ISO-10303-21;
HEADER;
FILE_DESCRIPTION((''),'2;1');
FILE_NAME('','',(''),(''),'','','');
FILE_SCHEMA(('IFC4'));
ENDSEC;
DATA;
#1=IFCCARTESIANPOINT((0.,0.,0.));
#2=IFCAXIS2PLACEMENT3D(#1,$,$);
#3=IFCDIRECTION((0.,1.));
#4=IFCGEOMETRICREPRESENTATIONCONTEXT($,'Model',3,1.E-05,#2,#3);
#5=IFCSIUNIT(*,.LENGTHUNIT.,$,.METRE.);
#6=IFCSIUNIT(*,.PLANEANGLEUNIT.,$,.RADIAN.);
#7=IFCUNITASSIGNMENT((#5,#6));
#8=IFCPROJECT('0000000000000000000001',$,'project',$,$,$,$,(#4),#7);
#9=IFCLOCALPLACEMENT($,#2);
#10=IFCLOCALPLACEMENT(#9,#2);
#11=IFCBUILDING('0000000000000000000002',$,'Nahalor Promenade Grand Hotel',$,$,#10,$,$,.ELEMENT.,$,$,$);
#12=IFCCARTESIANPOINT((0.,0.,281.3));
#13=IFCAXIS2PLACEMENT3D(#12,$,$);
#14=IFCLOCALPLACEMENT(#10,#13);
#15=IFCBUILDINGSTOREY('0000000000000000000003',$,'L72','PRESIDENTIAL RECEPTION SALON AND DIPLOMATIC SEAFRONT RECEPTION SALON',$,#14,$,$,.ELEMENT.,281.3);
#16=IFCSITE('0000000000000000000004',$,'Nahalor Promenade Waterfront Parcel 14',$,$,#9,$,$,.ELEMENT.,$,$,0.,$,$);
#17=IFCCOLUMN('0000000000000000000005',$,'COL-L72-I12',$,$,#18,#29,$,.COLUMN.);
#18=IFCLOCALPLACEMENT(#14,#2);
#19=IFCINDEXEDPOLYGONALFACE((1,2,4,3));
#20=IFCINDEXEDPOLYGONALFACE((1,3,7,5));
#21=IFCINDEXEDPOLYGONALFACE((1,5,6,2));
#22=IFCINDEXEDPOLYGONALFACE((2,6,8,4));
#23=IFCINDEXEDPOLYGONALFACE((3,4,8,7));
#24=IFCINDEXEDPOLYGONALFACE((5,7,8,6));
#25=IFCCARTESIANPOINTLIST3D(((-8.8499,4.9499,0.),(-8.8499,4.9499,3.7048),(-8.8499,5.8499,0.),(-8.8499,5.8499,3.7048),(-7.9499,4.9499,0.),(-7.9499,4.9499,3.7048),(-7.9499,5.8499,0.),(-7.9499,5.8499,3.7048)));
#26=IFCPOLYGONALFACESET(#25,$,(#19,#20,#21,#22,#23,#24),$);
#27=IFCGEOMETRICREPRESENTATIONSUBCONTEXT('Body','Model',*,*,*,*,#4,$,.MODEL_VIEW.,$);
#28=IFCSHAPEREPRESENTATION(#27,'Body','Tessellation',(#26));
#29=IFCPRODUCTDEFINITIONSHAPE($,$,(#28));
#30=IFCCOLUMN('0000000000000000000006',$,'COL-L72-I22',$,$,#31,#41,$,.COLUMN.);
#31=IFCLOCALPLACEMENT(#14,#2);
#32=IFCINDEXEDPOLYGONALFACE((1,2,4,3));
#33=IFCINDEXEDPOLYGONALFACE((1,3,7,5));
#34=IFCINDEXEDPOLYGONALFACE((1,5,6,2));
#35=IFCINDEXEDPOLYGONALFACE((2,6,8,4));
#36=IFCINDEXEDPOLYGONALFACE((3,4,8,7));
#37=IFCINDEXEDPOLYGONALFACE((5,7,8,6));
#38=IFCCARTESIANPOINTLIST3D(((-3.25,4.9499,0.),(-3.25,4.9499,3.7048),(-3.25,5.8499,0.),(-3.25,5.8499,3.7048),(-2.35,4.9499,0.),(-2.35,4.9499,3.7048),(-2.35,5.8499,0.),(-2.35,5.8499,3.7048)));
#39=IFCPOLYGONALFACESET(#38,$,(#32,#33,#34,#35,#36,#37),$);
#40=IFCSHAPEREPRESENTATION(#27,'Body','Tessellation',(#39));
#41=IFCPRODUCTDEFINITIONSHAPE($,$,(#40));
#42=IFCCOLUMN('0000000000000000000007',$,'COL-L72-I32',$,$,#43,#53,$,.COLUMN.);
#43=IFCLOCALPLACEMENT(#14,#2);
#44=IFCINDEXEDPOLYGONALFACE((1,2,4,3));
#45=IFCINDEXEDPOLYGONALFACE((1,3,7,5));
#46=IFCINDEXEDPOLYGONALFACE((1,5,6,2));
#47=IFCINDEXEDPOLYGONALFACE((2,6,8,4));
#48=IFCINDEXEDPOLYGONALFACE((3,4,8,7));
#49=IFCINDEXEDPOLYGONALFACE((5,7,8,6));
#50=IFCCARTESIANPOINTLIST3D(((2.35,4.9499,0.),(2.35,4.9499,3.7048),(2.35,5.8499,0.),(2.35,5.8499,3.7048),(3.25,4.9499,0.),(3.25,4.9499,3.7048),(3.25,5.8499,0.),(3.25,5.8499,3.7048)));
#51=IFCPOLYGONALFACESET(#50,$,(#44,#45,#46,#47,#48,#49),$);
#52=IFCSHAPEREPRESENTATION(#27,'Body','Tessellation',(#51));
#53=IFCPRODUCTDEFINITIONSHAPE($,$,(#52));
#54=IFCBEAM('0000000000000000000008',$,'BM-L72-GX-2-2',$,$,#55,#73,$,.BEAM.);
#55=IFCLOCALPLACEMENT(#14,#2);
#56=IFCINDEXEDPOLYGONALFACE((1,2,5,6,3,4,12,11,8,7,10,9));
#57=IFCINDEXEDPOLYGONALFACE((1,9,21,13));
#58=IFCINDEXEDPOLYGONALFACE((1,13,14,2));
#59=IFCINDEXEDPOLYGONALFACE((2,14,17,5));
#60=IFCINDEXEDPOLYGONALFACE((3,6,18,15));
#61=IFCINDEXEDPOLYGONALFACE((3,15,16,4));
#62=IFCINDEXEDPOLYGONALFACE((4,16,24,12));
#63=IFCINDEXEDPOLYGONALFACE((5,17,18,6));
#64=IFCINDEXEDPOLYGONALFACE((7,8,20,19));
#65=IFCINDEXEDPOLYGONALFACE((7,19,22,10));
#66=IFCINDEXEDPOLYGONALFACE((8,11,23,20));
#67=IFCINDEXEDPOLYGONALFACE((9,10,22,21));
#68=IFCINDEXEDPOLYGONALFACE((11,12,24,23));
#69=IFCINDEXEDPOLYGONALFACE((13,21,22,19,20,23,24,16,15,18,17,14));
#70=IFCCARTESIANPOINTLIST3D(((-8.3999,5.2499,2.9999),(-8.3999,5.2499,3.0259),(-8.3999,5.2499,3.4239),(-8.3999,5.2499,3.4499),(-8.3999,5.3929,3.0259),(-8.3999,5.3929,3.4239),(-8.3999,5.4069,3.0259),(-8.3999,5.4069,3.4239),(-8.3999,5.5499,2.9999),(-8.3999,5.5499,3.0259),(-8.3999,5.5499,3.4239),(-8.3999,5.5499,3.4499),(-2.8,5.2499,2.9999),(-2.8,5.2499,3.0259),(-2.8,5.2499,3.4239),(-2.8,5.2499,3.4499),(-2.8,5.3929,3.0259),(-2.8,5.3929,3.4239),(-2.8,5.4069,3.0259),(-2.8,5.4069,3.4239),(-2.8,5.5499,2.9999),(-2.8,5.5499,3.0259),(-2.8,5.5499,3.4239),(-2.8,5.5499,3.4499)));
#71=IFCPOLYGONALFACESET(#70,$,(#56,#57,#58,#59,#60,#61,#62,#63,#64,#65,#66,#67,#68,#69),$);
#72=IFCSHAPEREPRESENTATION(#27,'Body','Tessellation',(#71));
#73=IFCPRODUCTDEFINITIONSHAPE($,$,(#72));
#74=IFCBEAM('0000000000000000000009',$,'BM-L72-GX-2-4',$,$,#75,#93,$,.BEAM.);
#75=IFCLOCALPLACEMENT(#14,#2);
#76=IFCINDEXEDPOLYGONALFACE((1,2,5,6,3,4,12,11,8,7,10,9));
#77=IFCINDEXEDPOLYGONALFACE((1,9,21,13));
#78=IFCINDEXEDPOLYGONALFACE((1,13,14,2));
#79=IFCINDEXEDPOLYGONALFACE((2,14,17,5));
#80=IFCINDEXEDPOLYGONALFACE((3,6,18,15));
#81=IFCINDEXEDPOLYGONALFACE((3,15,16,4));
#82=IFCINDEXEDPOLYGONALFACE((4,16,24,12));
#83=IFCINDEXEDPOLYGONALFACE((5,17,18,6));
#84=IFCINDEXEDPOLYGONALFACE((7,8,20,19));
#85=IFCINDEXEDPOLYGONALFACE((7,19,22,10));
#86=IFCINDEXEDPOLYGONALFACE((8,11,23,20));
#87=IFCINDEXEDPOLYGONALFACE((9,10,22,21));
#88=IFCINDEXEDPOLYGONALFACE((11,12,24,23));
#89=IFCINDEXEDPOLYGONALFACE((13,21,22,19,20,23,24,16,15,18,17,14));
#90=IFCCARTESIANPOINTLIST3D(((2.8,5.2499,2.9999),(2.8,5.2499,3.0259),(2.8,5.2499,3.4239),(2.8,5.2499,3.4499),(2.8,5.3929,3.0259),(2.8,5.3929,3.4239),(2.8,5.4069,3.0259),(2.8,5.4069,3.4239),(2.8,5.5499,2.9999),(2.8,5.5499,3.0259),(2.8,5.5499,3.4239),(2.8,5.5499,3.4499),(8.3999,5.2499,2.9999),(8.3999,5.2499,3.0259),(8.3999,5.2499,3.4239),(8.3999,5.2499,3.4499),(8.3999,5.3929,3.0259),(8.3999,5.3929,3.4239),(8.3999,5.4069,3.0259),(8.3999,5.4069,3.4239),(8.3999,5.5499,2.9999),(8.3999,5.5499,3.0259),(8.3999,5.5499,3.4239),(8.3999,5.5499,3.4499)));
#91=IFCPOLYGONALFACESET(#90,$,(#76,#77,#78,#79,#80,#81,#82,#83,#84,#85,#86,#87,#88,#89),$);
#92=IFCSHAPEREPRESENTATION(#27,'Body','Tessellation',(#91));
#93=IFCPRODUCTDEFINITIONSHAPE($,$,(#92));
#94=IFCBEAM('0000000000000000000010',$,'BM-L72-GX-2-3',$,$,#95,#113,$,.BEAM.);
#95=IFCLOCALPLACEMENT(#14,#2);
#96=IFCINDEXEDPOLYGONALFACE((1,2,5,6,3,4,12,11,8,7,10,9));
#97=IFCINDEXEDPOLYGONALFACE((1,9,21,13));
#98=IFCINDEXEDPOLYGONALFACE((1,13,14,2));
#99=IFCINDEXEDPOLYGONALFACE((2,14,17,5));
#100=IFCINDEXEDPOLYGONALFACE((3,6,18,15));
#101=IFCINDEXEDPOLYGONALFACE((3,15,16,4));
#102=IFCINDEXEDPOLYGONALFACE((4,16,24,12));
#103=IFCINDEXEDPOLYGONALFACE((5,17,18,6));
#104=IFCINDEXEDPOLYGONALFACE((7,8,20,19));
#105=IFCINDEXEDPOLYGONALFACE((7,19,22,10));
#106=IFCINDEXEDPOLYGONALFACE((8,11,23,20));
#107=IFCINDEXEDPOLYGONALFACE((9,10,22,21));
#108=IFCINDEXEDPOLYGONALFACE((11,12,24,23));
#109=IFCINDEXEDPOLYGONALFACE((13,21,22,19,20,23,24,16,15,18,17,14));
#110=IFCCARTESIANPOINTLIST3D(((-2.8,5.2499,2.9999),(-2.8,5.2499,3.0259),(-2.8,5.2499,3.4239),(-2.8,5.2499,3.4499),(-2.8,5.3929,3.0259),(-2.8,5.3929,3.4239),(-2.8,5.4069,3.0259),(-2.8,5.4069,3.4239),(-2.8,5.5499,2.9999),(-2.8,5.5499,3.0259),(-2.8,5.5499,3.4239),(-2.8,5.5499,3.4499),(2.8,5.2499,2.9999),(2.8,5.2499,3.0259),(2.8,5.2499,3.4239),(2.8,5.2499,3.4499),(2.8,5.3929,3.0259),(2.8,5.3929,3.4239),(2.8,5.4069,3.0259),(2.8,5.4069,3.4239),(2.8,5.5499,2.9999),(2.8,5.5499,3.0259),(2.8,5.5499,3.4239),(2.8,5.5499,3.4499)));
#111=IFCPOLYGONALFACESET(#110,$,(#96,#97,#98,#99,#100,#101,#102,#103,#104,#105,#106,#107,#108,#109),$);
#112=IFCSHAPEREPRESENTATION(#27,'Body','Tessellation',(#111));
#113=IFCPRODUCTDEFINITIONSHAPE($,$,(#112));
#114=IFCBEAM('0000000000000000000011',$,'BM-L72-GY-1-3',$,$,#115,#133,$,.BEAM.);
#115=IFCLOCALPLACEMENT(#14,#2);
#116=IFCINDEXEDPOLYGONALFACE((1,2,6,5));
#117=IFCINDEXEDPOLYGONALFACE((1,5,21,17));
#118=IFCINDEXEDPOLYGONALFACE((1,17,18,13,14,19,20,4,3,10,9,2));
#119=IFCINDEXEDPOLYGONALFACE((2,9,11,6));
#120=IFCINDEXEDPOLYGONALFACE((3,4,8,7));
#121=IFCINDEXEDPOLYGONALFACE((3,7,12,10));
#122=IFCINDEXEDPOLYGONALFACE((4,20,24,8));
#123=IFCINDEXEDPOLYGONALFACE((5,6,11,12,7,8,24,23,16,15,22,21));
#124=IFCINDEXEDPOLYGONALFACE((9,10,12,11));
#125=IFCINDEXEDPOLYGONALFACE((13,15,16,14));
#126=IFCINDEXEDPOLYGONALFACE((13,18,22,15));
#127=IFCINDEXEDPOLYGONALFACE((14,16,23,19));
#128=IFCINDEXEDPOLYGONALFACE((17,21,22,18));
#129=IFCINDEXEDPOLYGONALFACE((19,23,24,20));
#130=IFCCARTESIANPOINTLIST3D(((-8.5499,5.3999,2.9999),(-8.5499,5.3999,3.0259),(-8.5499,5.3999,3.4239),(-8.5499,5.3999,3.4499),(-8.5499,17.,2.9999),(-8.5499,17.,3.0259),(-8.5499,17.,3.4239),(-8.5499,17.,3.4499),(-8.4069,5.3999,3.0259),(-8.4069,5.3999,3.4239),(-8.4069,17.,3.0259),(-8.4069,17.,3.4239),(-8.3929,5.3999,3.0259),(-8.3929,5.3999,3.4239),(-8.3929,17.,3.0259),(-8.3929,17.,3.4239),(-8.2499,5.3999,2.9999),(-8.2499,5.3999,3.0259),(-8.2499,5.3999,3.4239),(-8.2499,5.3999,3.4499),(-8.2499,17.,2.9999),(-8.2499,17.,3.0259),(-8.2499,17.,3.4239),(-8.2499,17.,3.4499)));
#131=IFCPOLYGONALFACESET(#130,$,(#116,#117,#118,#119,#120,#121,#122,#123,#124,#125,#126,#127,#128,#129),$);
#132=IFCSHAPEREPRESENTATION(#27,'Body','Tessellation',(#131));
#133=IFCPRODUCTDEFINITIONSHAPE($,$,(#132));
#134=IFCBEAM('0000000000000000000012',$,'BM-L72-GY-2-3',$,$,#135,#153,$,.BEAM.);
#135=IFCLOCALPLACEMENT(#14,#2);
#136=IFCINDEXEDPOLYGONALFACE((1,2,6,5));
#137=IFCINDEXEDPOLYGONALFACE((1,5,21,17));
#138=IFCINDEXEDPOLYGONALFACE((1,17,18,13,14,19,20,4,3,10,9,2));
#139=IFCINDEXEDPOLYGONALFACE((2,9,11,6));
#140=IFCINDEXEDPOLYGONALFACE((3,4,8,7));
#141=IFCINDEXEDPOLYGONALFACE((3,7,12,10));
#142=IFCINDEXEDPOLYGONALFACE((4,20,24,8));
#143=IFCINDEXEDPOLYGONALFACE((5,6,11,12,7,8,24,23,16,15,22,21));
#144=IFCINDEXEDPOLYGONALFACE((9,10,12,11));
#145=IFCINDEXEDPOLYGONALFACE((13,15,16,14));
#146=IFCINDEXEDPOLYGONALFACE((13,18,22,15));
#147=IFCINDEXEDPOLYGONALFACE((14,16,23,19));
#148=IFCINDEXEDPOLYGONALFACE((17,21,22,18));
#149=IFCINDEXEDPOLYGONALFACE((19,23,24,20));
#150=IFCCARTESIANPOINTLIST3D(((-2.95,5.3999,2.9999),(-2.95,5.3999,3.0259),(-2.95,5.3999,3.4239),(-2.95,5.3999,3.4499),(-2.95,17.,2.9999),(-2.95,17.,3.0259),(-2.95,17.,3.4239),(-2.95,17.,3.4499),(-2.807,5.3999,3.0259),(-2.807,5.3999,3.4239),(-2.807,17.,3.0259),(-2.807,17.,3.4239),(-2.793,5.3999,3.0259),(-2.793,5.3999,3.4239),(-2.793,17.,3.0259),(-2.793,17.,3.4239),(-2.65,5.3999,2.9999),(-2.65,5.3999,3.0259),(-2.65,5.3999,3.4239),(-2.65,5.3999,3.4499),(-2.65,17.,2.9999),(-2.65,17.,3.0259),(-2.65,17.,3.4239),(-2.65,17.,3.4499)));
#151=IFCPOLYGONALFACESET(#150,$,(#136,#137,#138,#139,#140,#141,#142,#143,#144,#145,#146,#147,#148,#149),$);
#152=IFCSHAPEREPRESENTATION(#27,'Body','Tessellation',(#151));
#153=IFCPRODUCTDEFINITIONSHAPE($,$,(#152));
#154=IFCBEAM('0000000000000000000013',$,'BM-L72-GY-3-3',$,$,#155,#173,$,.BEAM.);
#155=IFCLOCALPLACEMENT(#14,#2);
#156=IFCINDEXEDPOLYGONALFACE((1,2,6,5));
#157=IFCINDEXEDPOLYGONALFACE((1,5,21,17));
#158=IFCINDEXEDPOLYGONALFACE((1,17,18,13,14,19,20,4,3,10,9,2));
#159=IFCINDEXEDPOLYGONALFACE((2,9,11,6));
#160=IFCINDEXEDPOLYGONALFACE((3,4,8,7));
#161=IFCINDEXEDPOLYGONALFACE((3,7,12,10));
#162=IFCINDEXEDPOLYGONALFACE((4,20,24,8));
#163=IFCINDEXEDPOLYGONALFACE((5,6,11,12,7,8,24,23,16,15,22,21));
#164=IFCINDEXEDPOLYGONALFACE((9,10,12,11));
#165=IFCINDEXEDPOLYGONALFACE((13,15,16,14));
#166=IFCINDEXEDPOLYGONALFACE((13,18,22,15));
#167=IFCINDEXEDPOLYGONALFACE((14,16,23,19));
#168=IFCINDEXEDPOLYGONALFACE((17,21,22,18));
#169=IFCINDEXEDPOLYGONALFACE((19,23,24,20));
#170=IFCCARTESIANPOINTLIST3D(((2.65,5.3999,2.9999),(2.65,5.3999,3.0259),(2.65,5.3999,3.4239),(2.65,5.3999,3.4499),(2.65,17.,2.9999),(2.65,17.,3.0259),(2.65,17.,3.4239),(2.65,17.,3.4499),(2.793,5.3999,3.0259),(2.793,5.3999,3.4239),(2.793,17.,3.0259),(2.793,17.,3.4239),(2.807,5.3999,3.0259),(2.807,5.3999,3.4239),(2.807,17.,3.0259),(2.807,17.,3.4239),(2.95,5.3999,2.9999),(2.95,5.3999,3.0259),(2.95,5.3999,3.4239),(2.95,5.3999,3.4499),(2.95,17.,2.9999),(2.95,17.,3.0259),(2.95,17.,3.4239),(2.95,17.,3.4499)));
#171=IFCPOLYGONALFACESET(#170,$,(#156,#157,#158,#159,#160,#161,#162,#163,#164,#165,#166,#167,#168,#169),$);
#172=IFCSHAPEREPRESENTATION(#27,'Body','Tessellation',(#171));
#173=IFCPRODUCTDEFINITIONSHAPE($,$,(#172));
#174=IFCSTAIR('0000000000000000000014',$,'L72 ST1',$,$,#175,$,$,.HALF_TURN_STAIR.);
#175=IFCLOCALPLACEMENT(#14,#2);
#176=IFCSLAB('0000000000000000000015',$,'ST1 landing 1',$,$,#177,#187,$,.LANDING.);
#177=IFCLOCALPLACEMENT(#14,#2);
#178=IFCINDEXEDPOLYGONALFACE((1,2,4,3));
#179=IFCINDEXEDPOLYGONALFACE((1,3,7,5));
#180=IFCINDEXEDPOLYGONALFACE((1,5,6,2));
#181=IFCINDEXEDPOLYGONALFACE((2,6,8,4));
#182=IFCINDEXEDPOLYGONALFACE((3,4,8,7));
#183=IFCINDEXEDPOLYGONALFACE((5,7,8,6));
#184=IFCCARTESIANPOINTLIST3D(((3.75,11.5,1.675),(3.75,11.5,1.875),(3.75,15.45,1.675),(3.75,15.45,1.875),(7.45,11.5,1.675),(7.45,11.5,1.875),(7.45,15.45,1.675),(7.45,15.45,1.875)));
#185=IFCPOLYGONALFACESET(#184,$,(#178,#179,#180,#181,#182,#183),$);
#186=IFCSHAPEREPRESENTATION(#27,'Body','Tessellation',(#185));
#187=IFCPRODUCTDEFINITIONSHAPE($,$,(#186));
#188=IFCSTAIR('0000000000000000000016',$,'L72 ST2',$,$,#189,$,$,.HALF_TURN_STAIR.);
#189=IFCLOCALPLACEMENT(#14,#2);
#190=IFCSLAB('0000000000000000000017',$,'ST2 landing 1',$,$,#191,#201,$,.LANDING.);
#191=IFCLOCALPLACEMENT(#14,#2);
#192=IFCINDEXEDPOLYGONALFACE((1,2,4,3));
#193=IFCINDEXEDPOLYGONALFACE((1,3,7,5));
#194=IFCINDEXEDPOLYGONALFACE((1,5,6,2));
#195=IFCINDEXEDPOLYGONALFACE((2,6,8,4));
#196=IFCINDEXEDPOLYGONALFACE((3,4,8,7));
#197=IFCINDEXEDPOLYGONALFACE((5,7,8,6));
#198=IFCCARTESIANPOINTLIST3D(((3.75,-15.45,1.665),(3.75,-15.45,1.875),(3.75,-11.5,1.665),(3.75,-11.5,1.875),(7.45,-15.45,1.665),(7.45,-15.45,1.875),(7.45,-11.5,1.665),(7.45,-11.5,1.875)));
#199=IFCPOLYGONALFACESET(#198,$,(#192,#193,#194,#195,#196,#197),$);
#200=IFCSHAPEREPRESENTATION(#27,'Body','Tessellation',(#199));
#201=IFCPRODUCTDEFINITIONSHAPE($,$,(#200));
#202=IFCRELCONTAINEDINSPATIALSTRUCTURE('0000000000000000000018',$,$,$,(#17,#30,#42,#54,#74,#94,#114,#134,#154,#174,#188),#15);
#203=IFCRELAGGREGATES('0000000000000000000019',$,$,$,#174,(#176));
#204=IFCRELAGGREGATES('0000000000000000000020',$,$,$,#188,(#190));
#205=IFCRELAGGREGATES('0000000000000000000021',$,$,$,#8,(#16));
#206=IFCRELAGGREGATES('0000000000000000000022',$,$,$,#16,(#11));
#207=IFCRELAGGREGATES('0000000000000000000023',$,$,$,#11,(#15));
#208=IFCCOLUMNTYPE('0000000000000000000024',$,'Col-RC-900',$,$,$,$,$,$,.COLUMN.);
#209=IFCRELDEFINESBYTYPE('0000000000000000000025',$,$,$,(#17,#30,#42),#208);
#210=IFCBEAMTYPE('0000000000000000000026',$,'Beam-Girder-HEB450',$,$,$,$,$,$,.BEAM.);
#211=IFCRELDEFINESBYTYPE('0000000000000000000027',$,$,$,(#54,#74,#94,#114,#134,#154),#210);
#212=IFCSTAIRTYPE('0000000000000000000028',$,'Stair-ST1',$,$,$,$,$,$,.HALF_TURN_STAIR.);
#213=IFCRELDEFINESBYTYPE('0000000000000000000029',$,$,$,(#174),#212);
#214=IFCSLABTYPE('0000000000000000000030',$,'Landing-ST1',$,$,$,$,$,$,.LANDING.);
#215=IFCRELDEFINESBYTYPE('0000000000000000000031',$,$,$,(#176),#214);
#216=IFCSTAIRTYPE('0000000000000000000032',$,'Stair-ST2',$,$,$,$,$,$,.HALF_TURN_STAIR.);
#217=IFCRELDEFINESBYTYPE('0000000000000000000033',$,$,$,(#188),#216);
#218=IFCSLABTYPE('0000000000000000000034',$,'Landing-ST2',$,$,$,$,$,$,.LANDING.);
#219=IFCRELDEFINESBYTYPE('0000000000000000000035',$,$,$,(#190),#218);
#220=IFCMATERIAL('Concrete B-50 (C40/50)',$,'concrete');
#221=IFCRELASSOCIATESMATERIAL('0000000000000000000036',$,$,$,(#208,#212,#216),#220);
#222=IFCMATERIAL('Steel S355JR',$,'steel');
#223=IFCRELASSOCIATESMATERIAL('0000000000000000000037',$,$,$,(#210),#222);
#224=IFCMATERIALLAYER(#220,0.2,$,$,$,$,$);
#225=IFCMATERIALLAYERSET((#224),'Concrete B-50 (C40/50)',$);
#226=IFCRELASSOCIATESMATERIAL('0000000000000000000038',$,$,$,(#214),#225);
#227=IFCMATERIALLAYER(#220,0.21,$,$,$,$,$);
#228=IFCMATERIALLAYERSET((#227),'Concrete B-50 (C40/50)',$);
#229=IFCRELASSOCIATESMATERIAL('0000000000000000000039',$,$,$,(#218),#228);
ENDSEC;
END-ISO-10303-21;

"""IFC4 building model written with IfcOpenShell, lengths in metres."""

from ifc_helpers import new_model, si_unit, direction, frame, origin, origin_2d, place, context, subcontext, project, spatial, polyline, rectangle, i_section, outline, extrude, source, transform, mapped, material, layer, layer_set, material_profile, profile_set, type_object, element, aggregate, save


model = new_model("IFC4")

# Units and contexts
model_context = context("Model", 3, precision=1e-05, world=origin(), true_north=direction((0.0, 1.0)))
body_context = subcontext(model_context, "Body", "Model", "MODEL_VIEW")
ifc_project = project(units=[si_unit("LENGTHUNIT", "METRE"), si_unit("PLANEANGLEUNIT", "RADIAN")], contexts=[model_context])

# Site, building, storey
site_placement = place(None, origin())
site = spatial("IfcSite", under=ifc_project, at=site_placement, Name="Nahalor Promenade Waterfront Parcel 14", CompositionType="ELEMENT", RefElevation=0.0)
building_placement = place(site_placement, origin())
building = spatial("IfcBuilding", under=site, at=building_placement, Name="Nahalor Promenade Grand Hotel", CompositionType="ELEMENT")
storey_placement = place(building_placement, frame((0.0, 0.0, 281.3)))
storey = spatial("IfcBuildingStorey", under=building, at=storey_placement, Name="L72", Description="PRESIDENTIAL RECEPTION SALON AND DIPLOMATIC SEAFRONT RECEPTION SALON", CompositionType="ELEMENT", Elevation=281.3)

# Columns
ifc_material_1 = material(Name="Concrete B-50 (C40/50)", Category="concrete")
ifc_material_profile_1 = material_profile(ifc_material_1, rectangle(XDim=0.9, YDim=0.9, at=origin_2d()), Name="RC 900x900")
ifc_profile_set_1 = profile_set([ifc_material_profile_1], Name="Concrete B-50 (C40/50)")
column_type = type_object("IfcColumnType", Name="Col-RC-900", PredefinedType="COLUMN", material=ifc_profile_set_1)
shared_shape_1 = source(origin(), body_context, "Body", "SweptSolid", [
    extrude(rectangle(XDim=0.9, YDim=0.9, at=origin_2d()), origin(), (0.0, 0.0, 1.0), 3.7048),
])
for number, where, z_axis, x_axis, name in (
    (1, (-8.3999, 5.3999, 0.0), (0.0, 0.0, 1.0), (1.0, 0.0, 0.0), "COL-L72-I12"),
    (2, (-2.8, 5.3999, 0.0), (0.0, 0.0, 1.0), (1.0, 0.0, 0.0), "COL-L72-I22"),
    (3, (2.8, 5.3999, 0.0), (0.0, 0.0, 1.0), (1.0, 0.0, 0.0), "COL-L72-I32"),
):
    element("IfcColumn", number, at=place(storey_placement, frame(where, z_axis=z_axis, x_axis=x_axis)), inside=storey, type_object=column_type, Name=name, PredefinedType="COLUMN", context=body_context, shape_type="MappedRepresentation", body=[
        mapped(shared_shape_1, transform((0.0, 0.0, 0.0), scale=1.0)),
    ])

# Beams
ifc_material_2 = material(Name="Steel S355JR", Category="steel")
ifc_material_profile_2 = material_profile(ifc_material_2, i_section(OverallWidth=0.3, OverallDepth=0.45, WebThickness=0.014, FlangeThickness=0.026, at=origin_2d()), Name="HEB 450")
ifc_profile_set_2 = profile_set([ifc_material_profile_2], Name="Steel S355JR")
beam_type = type_object("IfcBeamType", Name="Beam-Girder-HEB450", PredefinedType="BEAM", material=ifc_profile_set_2)
shared_shape_2 = source(origin(), body_context, "Body", "SweptSolid", [
    extrude(i_section(OverallWidth=0.3, OverallDepth=0.45, WebThickness=0.014, FlangeThickness=0.026, at=origin_2d()), origin(), (0.0, 0.0, 1.0), 5.5999),
])
for number, where, z_axis, x_axis, name in (
    (4, (-8.3999, 5.3999, 3.2249), (1.0, 0.0, 0.0), (0.0, 1.0, 0.0), "BM-L72-GX-2-2"),
    (5, (2.8, 5.3999, 3.2249), (1.0, 0.0, 0.0), (0.0, 1.0, 0.0), "BM-L72-GX-2-4"),
):
    element("IfcBeam", number, at=place(storey_placement, frame(where, z_axis=z_axis, x_axis=x_axis)), inside=storey, type_object=beam_type, Name=name, PredefinedType="BEAM", context=body_context, shape_type="MappedRepresentation", body=[
        mapped(shared_shape_2, transform((0.0, 0.0, 0.0), scale=1.0)),
    ])
shared_shape_3 = source(origin(), body_context, "Body", "SweptSolid", [
    extrude(i_section(OverallWidth=0.3, OverallDepth=0.45, WebThickness=0.014, FlangeThickness=0.026, at=origin_2d()), origin(), (0.0, 0.0, 1.0), 5.6001),
])
beam_placement = place(storey_placement, frame((-2.8, 5.3999, 3.2249), z_axis=(1.0, 0.0, 0.0), x_axis=(0.0, 1.0, 0.0)))
element("IfcBeam", 6, at=beam_placement, inside=storey, type_object=beam_type, Name="BM-L72-GX-2-3", PredefinedType="BEAM", context=body_context, shape_type="MappedRepresentation", body=[
    mapped(shared_shape_3, transform((0.0, 0.0, 0.0), scale=1.0)),
])
shared_shape_4 = source(origin(), body_context, "Body", "SweptSolid", [
    extrude(i_section(OverallWidth=0.3, OverallDepth=0.45, WebThickness=0.014, FlangeThickness=0.026, at=origin_2d()), origin(), (0.0, 0.0, 1.0), 11.6001),
])
for number, where, z_axis, x_axis, name in (
    (7, (-8.3999, 5.3999, 3.2249), (0.0, 1.0, 0.0), (-1.0, 0.0, 0.0), "BM-L72-GY-1-3"),
    (8, (-2.8, 5.3999, 3.2249), (0.0, 1.0, 0.0), (-1.0, 0.0, 0.0), "BM-L72-GY-2-3"),
    (9, (2.8, 5.3999, 3.2249), (0.0, 1.0, 0.0), (-1.0, 0.0, 0.0), "BM-L72-GY-3-3"),
):
    element("IfcBeam", number, at=place(storey_placement, frame(where, z_axis=z_axis, x_axis=x_axis)), inside=storey, type_object=beam_type, Name=name, PredefinedType="BEAM", context=body_context, shape_type="MappedRepresentation", body=[
        mapped(shared_shape_4, transform((0.0, 0.0, 0.0), scale=1.0)),
    ])

# Stairs, slabs
stair_type_1 = type_object("IfcStairType", Name="Stair-ST1", PredefinedType="HALF_TURN_STAIR", material=ifc_material_1)
stair_1_placement = place(storey_placement, origin())
stair_1 = element("IfcStair", 10, at=stair_1_placement, inside=storey, type_object=stair_type_1, Name="L72 ST1", PredefinedType="HALF_TURN_STAIR")
ifc_layer_1 = layer(ifc_material_1, 0.2)
ifc_layer_set_1 = layer_set([ifc_layer_1], Name="Concrete B-50 (C40/50)")
slab_type_1 = type_object("IfcSlabType", Name="Landing-ST1", PredefinedType="LANDING", material=ifc_layer_set_1)
slab_1_placement = place(storey_placement, frame((0.0, 0.0, 1.675)))
slab_1 = element("IfcSlab", 11, at=slab_1_placement, type_object=slab_type_1, Name="ST1 landing 1", PredefinedType="LANDING", context=body_context, shape_type="SweptSolid", body=[
    extrude(outline(polyline([(7.45, 11.5), (7.45, 15.45), (3.75, 15.45), (3.75, 11.5), (7.45, 11.5)])), origin(), (0.0, 0.0, 1.0), 0.2),
])
aggregate(stair_1, [slab_1])
stair_type_2 = type_object("IfcStairType", Name="Stair-ST2", PredefinedType="HALF_TURN_STAIR", material=ifc_material_1)
stair_2_placement = place(storey_placement, origin())
stair_2 = element("IfcStair", 12, at=stair_2_placement, inside=storey, type_object=stair_type_2, Name="L72 ST2", PredefinedType="HALF_TURN_STAIR")
ifc_layer_2 = layer(ifc_material_1, 0.21)
ifc_layer_set_2 = layer_set([ifc_layer_2], Name="Concrete B-50 (C40/50)")
slab_type_2 = type_object("IfcSlabType", Name="Landing-ST2", PredefinedType="LANDING", material=ifc_layer_set_2)
slab_2_placement = place(storey_placement, frame((0.0, 0.0, 1.665)))
slab_2 = element("IfcSlab", 13, at=slab_2_placement, type_object=slab_type_2, Name="ST2 landing 1", PredefinedType="LANDING", context=body_context, shape_type="SweptSolid", body=[
    extrude(outline(polyline([(3.75, -11.5), (3.75, -15.45), (7.45, -15.45), (7.45, -11.5), (3.75, -11.5)])), origin(), (0.0, 0.0, 1.0), 0.21),
])
aggregate(stair_2, [slab_2])

save(model, "model.ifc")
